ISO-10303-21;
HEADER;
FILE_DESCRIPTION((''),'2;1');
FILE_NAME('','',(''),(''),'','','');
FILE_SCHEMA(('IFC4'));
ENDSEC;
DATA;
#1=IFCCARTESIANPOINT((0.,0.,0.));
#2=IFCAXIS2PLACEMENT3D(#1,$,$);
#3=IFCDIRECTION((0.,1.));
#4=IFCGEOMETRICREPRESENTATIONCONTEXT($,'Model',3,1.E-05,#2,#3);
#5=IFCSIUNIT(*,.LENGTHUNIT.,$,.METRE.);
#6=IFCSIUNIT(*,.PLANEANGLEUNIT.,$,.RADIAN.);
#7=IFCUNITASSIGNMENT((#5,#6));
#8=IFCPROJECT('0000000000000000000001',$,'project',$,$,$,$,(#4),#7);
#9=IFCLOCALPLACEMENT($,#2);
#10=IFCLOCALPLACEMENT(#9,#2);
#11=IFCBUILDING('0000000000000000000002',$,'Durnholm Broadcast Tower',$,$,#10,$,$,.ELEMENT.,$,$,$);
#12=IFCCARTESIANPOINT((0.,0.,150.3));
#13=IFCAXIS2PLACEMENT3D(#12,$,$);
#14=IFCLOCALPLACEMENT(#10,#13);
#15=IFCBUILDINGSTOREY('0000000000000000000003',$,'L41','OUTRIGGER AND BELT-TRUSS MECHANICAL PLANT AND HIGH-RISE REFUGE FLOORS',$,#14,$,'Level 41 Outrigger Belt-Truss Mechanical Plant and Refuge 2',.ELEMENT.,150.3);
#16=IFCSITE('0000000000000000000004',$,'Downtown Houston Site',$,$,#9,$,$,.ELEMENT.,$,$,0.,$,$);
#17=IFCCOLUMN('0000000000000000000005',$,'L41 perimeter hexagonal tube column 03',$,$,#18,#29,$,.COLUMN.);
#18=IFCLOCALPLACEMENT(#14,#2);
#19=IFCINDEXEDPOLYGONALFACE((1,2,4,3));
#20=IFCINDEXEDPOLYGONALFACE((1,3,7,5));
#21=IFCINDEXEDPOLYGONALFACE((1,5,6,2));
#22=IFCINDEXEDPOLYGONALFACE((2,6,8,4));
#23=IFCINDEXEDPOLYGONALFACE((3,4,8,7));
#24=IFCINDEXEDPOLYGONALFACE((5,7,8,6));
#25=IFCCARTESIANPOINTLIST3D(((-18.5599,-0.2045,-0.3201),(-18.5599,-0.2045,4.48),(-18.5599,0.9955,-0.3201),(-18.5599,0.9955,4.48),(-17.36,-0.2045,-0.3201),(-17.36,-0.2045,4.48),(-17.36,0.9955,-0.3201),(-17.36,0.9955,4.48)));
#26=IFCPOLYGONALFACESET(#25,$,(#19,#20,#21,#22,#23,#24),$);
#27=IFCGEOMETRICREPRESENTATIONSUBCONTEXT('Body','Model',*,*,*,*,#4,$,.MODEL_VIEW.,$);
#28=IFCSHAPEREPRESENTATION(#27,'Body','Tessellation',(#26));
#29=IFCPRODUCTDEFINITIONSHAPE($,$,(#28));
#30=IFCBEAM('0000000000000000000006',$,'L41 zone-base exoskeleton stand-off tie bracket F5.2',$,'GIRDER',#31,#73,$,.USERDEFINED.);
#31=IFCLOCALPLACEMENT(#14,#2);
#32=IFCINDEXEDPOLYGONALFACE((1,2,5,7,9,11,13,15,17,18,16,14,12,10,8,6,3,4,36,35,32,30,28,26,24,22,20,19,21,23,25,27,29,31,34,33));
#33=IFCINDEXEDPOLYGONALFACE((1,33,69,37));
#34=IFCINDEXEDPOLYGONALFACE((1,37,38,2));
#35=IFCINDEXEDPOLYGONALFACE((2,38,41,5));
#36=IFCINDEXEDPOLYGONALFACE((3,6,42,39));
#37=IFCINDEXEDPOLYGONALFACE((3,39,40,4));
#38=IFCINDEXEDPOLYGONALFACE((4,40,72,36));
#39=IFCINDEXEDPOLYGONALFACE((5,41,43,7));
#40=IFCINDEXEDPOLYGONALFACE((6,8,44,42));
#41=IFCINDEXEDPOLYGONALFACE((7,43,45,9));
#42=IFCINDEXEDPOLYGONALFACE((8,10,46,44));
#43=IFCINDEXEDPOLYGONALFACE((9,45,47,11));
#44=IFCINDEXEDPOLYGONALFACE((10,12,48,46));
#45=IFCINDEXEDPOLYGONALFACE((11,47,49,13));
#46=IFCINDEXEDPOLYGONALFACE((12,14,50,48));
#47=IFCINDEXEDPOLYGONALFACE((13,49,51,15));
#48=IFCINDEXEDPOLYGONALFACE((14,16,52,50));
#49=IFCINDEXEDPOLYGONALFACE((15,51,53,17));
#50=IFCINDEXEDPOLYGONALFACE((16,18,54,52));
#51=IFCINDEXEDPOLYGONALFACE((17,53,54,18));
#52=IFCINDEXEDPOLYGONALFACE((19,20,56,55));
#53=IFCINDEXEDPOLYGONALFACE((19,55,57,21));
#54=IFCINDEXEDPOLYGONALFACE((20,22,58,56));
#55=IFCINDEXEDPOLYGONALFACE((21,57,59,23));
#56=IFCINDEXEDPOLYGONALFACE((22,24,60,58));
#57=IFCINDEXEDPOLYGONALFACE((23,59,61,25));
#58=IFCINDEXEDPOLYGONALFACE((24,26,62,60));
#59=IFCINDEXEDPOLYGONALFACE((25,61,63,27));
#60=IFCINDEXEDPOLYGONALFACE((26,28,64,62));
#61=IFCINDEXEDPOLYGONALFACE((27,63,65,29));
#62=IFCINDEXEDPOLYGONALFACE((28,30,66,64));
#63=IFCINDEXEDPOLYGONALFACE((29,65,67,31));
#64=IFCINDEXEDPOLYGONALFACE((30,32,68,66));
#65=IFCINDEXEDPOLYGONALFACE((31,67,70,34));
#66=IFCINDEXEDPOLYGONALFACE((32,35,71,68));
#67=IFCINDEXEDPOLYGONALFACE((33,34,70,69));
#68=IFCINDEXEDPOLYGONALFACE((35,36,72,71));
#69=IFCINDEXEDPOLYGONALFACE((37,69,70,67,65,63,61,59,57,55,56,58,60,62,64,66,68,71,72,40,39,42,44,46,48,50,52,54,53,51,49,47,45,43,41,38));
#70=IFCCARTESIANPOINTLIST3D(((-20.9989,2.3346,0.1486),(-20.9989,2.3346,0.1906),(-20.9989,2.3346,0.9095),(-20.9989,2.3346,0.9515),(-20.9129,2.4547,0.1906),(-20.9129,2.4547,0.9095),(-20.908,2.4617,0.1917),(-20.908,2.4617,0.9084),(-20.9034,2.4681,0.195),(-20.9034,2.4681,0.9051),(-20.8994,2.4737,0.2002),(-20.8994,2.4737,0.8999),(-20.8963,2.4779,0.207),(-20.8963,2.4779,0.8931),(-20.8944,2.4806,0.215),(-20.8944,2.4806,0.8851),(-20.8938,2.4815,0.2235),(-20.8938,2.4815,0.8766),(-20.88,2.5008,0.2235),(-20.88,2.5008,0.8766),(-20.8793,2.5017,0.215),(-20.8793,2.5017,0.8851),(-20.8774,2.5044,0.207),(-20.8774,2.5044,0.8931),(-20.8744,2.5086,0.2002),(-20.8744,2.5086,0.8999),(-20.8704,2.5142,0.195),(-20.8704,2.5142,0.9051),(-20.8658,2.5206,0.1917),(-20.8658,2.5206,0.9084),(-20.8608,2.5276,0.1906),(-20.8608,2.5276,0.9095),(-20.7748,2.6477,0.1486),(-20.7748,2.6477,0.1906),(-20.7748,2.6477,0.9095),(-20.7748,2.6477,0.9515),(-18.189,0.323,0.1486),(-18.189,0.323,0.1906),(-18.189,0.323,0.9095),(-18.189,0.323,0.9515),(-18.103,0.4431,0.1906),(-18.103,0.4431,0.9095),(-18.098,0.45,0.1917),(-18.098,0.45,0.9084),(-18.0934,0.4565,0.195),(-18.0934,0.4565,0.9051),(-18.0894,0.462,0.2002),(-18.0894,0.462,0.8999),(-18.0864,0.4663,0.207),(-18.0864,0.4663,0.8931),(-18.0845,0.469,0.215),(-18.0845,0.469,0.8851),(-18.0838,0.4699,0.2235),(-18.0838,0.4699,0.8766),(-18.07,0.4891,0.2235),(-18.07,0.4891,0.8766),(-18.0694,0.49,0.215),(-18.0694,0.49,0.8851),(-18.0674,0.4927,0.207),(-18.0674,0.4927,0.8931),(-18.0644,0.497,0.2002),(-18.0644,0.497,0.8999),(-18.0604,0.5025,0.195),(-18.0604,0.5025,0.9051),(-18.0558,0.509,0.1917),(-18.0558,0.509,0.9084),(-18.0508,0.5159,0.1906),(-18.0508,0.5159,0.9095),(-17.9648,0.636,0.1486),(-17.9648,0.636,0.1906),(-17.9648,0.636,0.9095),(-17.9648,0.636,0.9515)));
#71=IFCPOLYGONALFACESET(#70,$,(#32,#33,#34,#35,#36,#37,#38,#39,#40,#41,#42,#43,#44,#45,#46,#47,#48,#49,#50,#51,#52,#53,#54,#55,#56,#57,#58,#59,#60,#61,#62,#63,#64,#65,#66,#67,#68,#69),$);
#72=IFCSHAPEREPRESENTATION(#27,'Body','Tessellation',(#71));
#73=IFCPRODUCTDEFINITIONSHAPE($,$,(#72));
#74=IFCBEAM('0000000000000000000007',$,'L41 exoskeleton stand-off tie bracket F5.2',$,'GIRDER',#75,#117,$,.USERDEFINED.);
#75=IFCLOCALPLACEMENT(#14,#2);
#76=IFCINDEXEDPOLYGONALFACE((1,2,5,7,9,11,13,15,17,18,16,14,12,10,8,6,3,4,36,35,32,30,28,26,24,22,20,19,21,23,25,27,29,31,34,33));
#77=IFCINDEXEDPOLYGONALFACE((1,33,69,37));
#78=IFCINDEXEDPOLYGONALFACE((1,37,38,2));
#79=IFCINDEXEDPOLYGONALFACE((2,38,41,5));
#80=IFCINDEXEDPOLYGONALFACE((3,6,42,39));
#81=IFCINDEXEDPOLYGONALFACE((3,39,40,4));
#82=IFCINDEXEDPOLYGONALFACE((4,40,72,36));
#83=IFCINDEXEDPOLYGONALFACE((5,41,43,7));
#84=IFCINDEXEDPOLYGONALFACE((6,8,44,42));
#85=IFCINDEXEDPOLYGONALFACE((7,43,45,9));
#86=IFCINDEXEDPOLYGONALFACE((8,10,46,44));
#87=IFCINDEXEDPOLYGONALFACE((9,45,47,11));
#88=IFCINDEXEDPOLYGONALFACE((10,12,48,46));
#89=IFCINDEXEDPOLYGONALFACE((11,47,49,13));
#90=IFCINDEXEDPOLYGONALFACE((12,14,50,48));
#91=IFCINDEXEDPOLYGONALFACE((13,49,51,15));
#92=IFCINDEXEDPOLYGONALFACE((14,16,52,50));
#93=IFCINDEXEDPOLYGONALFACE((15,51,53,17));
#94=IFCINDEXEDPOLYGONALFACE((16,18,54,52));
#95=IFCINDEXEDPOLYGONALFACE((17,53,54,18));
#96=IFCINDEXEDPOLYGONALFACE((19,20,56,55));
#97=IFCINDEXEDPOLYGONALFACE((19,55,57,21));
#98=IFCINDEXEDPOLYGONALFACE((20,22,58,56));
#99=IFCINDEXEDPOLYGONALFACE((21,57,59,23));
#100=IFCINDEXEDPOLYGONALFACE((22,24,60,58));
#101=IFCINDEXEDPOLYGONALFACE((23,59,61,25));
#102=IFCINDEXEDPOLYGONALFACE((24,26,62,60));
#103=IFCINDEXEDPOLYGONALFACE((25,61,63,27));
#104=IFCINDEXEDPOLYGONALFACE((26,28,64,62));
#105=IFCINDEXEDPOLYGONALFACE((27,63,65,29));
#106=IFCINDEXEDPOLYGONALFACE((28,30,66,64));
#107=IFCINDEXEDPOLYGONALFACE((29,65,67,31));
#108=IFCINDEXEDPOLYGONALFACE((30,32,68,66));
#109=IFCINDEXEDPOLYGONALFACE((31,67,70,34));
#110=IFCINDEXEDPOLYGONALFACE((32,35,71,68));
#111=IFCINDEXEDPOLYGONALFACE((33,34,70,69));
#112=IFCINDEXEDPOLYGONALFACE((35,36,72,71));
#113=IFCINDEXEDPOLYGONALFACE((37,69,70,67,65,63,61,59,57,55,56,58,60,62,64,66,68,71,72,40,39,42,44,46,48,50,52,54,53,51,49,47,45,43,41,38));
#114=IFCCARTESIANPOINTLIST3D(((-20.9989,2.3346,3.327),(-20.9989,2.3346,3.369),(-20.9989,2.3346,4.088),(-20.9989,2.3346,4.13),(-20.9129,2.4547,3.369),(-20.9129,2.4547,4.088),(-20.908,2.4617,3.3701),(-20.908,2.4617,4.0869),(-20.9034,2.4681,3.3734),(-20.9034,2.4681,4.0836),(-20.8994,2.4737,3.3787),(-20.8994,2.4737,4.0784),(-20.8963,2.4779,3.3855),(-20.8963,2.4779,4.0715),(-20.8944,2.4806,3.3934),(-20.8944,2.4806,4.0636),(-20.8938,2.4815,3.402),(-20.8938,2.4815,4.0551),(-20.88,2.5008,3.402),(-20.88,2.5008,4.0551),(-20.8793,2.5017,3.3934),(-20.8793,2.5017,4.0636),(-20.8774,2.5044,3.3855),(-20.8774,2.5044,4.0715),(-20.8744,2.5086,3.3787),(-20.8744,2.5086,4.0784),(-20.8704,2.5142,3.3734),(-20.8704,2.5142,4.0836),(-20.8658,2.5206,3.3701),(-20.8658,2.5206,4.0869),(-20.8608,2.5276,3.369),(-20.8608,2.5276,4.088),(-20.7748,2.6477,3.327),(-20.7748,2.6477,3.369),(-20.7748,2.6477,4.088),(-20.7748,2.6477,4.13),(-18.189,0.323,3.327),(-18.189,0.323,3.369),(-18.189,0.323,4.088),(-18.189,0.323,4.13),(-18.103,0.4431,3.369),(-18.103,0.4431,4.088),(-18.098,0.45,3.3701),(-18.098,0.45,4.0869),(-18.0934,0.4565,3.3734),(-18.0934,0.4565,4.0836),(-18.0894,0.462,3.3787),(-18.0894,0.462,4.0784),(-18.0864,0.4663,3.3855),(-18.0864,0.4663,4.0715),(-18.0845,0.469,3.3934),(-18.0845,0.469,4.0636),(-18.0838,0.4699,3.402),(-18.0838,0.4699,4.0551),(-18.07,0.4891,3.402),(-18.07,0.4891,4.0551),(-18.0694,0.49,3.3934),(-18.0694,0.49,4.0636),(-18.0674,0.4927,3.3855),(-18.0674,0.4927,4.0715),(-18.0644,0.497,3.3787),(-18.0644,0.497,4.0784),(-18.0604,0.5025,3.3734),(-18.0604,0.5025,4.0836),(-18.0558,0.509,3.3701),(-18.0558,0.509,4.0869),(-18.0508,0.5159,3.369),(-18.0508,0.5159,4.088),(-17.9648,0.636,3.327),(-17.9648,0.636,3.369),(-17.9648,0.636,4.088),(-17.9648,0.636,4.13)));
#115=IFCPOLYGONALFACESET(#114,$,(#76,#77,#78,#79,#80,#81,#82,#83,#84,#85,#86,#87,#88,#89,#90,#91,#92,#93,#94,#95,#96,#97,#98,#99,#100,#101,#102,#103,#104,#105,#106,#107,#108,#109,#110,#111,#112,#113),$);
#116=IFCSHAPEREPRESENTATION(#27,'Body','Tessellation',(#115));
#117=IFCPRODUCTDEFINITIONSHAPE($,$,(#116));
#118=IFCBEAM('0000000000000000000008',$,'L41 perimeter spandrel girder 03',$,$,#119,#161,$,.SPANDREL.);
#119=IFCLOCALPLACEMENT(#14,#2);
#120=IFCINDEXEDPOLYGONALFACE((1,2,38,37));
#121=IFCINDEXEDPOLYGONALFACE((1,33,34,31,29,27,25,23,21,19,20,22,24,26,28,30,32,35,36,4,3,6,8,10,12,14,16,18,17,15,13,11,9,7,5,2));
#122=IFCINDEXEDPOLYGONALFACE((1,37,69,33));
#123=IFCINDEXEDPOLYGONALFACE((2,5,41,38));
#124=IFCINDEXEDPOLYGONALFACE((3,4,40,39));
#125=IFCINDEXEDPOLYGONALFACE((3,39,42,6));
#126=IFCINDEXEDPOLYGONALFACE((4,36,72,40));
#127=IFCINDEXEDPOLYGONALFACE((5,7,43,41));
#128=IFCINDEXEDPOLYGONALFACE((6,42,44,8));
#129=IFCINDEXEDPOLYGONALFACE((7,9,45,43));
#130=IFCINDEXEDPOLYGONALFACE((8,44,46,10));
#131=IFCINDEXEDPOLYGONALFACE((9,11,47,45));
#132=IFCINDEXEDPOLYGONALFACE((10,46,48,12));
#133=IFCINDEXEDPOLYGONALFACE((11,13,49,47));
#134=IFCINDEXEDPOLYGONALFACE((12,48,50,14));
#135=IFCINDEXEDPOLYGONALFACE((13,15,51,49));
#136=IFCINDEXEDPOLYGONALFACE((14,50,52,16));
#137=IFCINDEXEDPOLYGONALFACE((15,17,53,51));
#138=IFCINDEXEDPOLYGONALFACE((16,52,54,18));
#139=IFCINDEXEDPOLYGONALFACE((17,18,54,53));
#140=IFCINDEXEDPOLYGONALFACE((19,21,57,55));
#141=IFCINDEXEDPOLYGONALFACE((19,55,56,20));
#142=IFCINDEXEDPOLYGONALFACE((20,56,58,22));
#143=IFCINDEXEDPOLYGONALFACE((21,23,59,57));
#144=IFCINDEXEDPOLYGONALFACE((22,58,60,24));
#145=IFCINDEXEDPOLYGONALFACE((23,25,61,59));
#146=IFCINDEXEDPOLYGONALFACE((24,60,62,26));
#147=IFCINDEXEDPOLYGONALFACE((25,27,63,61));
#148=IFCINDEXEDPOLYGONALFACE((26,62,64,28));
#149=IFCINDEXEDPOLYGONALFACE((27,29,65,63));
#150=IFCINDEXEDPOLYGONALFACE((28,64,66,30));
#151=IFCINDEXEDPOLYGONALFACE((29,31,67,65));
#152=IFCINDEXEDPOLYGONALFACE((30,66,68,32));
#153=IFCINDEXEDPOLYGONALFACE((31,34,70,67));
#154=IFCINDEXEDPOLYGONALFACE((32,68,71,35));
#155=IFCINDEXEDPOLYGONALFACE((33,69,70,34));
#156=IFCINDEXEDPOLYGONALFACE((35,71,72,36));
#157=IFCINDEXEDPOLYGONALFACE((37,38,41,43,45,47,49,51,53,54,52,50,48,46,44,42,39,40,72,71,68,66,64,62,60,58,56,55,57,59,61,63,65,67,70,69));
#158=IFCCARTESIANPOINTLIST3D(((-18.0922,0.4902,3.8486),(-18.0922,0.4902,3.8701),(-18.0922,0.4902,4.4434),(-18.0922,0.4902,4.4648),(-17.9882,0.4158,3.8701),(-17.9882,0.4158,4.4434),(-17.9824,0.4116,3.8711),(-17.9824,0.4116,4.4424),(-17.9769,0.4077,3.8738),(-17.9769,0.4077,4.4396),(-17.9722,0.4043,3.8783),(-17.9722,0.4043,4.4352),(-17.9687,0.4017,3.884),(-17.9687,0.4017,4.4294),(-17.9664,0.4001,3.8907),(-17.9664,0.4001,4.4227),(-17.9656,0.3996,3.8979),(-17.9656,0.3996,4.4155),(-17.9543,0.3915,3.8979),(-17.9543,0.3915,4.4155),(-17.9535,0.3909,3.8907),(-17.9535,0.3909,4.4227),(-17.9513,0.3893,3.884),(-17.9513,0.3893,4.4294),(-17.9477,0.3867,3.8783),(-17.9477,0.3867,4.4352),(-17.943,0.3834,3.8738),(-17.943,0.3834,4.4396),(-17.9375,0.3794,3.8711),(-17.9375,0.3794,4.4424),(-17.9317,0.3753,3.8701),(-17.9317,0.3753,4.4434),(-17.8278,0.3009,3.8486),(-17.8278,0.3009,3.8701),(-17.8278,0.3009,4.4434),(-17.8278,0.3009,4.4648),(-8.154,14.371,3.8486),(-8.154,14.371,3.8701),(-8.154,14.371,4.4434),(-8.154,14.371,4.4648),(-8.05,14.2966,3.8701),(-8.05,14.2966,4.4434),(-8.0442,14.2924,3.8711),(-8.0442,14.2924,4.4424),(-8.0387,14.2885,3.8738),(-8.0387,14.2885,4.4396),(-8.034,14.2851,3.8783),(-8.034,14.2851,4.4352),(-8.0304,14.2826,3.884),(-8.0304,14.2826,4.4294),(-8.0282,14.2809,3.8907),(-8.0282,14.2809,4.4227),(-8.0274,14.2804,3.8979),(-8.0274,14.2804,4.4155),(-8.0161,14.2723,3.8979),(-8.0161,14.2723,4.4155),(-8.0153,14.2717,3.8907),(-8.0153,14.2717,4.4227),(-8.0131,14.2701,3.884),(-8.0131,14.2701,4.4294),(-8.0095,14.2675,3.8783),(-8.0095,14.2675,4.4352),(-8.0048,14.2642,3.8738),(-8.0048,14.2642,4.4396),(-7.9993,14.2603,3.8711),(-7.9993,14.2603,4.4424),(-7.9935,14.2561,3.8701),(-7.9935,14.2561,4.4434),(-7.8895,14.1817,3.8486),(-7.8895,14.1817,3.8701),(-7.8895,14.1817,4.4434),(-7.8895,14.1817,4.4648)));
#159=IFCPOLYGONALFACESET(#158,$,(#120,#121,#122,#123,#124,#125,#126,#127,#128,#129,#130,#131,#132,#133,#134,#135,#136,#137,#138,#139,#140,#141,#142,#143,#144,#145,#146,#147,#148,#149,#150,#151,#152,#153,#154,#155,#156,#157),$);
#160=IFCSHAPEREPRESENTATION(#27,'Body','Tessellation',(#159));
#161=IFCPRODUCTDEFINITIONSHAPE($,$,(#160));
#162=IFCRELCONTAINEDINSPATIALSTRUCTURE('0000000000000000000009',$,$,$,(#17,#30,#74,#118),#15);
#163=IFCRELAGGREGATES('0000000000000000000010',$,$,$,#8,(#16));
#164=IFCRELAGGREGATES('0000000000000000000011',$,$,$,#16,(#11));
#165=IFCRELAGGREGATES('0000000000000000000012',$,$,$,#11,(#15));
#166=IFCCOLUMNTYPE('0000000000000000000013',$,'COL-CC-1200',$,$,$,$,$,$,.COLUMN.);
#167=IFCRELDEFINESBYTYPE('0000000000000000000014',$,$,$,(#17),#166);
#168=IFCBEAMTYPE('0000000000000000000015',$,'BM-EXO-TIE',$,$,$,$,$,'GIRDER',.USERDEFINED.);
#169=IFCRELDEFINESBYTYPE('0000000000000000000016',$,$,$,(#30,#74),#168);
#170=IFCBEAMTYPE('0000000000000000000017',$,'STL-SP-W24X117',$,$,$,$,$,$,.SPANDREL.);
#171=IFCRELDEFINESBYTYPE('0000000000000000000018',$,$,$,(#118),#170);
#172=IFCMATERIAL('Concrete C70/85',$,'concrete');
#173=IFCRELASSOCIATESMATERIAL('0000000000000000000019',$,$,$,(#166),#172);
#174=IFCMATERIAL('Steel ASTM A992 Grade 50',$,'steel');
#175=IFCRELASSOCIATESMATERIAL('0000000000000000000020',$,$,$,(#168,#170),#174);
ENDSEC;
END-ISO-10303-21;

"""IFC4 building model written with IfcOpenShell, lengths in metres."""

from ifc_helpers import new_model, si_unit, direction, frame, origin, origin_2d, place, context, subcontext, project, spatial, rectangle, i_section, extrude, source, transform, mapped, material, material_profile, profile_set, type_object, type_shapes, element, save


model = new_model("IFC4")

# Units and contexts
model_context = context("Model", 3, precision=1e-05, world=origin(), true_north=direction((0.0, 1.0)))
body_context = subcontext(model_context, "Body", "Model", "MODEL_VIEW")
ifc_project = project(units=[si_unit("LENGTHUNIT", "METRE"), si_unit("PLANEANGLEUNIT", "RADIAN")], contexts=[model_context])

# Site, building, storey
site_placement = place(None, origin())
site = spatial("IfcSite", under=ifc_project, at=site_placement, Name="Downtown Houston Site", CompositionType="ELEMENT", RefElevation=0.0)
building_placement = place(site_placement, origin())
building = spatial("IfcBuilding", under=site, at=building_placement, Name="Durnholm Broadcast Tower", CompositionType="ELEMENT")
storey_placement = place(building_placement, frame((0.0, 0.0, 150.3)))
storey = spatial("IfcBuildingStorey", under=building, at=storey_placement, Name="L41", Description="OUTRIGGER AND BELT-TRUSS MECHANICAL PLANT AND HIGH-RISE REFUGE FLOORS", LongName="Level 41 Outrigger Belt-Truss Mechanical Plant and Refuge 2", CompositionType="ELEMENT", Elevation=150.3)

# Column
ifc_material_1 = material(Name="Concrete C70/85", Category="concrete")
ifc_material_profile_1 = material_profile(ifc_material_1, rectangle(XDim=1.2, YDim=1.2, at=origin_2d()), Name="RC1200X1200")
ifc_profile_set_1 = profile_set([ifc_material_profile_1], Name="Concrete C70/85")
column_type = type_object("IfcColumnType", Name="COL-CC-1200", PredefinedType="COLUMN", material=ifc_profile_set_1)
shared_shape_1 = source(origin(), body_context, "Body", "SweptSolid", [
    extrude(rectangle(XDim=1.2, YDim=1.2, at=origin_2d()), origin(), (0.0, 0.0, 1.0), 4.8),
])
type_shapes(column_type, [shared_shape_1])
column_placement = place(storey_placement, frame((-17.96, 0.3955, -0.3201), z_axis=(0.0, 0.0, 1.0), x_axis=(1.0, 0.0, 0.0)))
element("IfcColumn", 1, at=column_placement, inside=storey, type_object=column_type, Name="L41 perimeter hexagonal tube column 03", PredefinedType="COLUMN", context=body_context, shape_type="MappedRepresentation", body=[
    mapped(shared_shape_1, transform((0.0, 0.0, 0.0), x_axis=(1.0, 0.0, 0.0), y_axis=(0.0, 1.0, 0.0), z_axis=(0.0, 0.0, 1.0), scale=1.0)),
])

# Beams
ifc_material_2 = material(Name="Steel ASTM A992 Grade 50", Category="steel")
ifc_material_profile_2 = material_profile(ifc_material_2, i_section(OverallWidth=0.385, OverallDepth=0.803, WebThickness=0.0237, FlangeThickness=0.042, FilletRadius=0.033, at=origin_2d()), Name="W30X261")
ifc_profile_set_2 = profile_set([ifc_material_profile_2], Name="Steel ASTM A992 Grade 50")
beam_type_1 = type_object("IfcBeamType", Name="BM-EXO-TIE", ElementType="GIRDER", PredefinedType="USERDEFINED", material=ifc_profile_set_2)
shared_shape_2 = source(origin(), body_context, "Body", "SweptSolid", [
    extrude(i_section(OverallWidth=0.385, OverallDepth=0.803, WebThickness=0.0237, FlangeThickness=0.042, FilletRadius=0.033, at=origin_2d()), origin(), (0.0, 0.0, 1.0), 3.4558),
])
type_shapes(beam_type_1, [shared_shape_2])
for number, where, z_axis, x_axis, name in (
    (2, (-18.0769, 0.4795, 0.55), (-0.813112, 0.582107, 0.0), (-0.582107, -0.813112, 0.0), "L41 zone-base exoskeleton stand-off tie bracket F5.2"),
    (3, (-18.0769, 0.4795, 3.7285), (-0.813112, 0.582107, 0.0), (-0.582107, -0.813112, 0.0), "L41 exoskeleton stand-off tie bracket F5.2"),
):
    element("IfcBeam", number, at=place(storey_placement, frame(where, z_axis=z_axis, x_axis=x_axis)), inside=storey, type_object=beam_type_1, Name=name, ObjectType="GIRDER", PredefinedType="USERDEFINED", context=body_context, shape_type="MappedRepresentation", body=[
        mapped(shared_shape_2, transform((0.0, 0.0, 0.0), x_axis=(1.0, 0.0, 0.0), y_axis=(0.0, 1.0, 0.0), z_axis=(0.0, 0.0, 1.0), scale=1.0)),
    ])
ifc_material_profile_3 = material_profile(ifc_material_2, i_section(OverallWidth=0.3252, OverallDepth=0.6162, WebThickness=0.0139, FlangeThickness=0.0215, FilletRadius=0.0278, at=origin_2d()), Name="W24X117")
ifc_profile_set_3 = profile_set([ifc_material_profile_3], Name="Steel ASTM A992 Grade 50")
beam_type_2 = type_object("IfcBeamType", Name="STL-SP-W24X117", PredefinedType="SPANDREL", material=ifc_profile_set_3)
shared_shape_3 = source(origin(), body_context, "Body", "SweptSolid", [
    extrude(i_section(OverallWidth=0.3252, OverallDepth=0.6162, WebThickness=0.0139, FlangeThickness=0.0215, FilletRadius=0.0278, at=origin_2d()), origin(), (0.0, 0.0, 1.0), 17.0718),
])
type_shapes(beam_type_2, [shared_shape_3])
beam_1_placement = place(storey_placement, frame((-17.96, 0.3955, 4.1567), z_axis=(0.582143, 0.813087, 0.0), x_axis=(-0.813087, 0.582143, 0.0)))
element("IfcBeam", 4, at=beam_1_placement, inside=storey, type_object=beam_type_2, Name="L41 perimeter spandrel girder 03", PredefinedType="SPANDREL", context=body_context, shape_type="MappedRepresentation", body=[
    mapped(shared_shape_3, transform((0.0, 0.0, 0.0), x_axis=(1.0, 0.0, 0.0), y_axis=(0.0, 1.0, 0.0), z_axis=(0.0, 0.0, 1.0), scale=1.0)),
])

save(model, "model.ifc")
